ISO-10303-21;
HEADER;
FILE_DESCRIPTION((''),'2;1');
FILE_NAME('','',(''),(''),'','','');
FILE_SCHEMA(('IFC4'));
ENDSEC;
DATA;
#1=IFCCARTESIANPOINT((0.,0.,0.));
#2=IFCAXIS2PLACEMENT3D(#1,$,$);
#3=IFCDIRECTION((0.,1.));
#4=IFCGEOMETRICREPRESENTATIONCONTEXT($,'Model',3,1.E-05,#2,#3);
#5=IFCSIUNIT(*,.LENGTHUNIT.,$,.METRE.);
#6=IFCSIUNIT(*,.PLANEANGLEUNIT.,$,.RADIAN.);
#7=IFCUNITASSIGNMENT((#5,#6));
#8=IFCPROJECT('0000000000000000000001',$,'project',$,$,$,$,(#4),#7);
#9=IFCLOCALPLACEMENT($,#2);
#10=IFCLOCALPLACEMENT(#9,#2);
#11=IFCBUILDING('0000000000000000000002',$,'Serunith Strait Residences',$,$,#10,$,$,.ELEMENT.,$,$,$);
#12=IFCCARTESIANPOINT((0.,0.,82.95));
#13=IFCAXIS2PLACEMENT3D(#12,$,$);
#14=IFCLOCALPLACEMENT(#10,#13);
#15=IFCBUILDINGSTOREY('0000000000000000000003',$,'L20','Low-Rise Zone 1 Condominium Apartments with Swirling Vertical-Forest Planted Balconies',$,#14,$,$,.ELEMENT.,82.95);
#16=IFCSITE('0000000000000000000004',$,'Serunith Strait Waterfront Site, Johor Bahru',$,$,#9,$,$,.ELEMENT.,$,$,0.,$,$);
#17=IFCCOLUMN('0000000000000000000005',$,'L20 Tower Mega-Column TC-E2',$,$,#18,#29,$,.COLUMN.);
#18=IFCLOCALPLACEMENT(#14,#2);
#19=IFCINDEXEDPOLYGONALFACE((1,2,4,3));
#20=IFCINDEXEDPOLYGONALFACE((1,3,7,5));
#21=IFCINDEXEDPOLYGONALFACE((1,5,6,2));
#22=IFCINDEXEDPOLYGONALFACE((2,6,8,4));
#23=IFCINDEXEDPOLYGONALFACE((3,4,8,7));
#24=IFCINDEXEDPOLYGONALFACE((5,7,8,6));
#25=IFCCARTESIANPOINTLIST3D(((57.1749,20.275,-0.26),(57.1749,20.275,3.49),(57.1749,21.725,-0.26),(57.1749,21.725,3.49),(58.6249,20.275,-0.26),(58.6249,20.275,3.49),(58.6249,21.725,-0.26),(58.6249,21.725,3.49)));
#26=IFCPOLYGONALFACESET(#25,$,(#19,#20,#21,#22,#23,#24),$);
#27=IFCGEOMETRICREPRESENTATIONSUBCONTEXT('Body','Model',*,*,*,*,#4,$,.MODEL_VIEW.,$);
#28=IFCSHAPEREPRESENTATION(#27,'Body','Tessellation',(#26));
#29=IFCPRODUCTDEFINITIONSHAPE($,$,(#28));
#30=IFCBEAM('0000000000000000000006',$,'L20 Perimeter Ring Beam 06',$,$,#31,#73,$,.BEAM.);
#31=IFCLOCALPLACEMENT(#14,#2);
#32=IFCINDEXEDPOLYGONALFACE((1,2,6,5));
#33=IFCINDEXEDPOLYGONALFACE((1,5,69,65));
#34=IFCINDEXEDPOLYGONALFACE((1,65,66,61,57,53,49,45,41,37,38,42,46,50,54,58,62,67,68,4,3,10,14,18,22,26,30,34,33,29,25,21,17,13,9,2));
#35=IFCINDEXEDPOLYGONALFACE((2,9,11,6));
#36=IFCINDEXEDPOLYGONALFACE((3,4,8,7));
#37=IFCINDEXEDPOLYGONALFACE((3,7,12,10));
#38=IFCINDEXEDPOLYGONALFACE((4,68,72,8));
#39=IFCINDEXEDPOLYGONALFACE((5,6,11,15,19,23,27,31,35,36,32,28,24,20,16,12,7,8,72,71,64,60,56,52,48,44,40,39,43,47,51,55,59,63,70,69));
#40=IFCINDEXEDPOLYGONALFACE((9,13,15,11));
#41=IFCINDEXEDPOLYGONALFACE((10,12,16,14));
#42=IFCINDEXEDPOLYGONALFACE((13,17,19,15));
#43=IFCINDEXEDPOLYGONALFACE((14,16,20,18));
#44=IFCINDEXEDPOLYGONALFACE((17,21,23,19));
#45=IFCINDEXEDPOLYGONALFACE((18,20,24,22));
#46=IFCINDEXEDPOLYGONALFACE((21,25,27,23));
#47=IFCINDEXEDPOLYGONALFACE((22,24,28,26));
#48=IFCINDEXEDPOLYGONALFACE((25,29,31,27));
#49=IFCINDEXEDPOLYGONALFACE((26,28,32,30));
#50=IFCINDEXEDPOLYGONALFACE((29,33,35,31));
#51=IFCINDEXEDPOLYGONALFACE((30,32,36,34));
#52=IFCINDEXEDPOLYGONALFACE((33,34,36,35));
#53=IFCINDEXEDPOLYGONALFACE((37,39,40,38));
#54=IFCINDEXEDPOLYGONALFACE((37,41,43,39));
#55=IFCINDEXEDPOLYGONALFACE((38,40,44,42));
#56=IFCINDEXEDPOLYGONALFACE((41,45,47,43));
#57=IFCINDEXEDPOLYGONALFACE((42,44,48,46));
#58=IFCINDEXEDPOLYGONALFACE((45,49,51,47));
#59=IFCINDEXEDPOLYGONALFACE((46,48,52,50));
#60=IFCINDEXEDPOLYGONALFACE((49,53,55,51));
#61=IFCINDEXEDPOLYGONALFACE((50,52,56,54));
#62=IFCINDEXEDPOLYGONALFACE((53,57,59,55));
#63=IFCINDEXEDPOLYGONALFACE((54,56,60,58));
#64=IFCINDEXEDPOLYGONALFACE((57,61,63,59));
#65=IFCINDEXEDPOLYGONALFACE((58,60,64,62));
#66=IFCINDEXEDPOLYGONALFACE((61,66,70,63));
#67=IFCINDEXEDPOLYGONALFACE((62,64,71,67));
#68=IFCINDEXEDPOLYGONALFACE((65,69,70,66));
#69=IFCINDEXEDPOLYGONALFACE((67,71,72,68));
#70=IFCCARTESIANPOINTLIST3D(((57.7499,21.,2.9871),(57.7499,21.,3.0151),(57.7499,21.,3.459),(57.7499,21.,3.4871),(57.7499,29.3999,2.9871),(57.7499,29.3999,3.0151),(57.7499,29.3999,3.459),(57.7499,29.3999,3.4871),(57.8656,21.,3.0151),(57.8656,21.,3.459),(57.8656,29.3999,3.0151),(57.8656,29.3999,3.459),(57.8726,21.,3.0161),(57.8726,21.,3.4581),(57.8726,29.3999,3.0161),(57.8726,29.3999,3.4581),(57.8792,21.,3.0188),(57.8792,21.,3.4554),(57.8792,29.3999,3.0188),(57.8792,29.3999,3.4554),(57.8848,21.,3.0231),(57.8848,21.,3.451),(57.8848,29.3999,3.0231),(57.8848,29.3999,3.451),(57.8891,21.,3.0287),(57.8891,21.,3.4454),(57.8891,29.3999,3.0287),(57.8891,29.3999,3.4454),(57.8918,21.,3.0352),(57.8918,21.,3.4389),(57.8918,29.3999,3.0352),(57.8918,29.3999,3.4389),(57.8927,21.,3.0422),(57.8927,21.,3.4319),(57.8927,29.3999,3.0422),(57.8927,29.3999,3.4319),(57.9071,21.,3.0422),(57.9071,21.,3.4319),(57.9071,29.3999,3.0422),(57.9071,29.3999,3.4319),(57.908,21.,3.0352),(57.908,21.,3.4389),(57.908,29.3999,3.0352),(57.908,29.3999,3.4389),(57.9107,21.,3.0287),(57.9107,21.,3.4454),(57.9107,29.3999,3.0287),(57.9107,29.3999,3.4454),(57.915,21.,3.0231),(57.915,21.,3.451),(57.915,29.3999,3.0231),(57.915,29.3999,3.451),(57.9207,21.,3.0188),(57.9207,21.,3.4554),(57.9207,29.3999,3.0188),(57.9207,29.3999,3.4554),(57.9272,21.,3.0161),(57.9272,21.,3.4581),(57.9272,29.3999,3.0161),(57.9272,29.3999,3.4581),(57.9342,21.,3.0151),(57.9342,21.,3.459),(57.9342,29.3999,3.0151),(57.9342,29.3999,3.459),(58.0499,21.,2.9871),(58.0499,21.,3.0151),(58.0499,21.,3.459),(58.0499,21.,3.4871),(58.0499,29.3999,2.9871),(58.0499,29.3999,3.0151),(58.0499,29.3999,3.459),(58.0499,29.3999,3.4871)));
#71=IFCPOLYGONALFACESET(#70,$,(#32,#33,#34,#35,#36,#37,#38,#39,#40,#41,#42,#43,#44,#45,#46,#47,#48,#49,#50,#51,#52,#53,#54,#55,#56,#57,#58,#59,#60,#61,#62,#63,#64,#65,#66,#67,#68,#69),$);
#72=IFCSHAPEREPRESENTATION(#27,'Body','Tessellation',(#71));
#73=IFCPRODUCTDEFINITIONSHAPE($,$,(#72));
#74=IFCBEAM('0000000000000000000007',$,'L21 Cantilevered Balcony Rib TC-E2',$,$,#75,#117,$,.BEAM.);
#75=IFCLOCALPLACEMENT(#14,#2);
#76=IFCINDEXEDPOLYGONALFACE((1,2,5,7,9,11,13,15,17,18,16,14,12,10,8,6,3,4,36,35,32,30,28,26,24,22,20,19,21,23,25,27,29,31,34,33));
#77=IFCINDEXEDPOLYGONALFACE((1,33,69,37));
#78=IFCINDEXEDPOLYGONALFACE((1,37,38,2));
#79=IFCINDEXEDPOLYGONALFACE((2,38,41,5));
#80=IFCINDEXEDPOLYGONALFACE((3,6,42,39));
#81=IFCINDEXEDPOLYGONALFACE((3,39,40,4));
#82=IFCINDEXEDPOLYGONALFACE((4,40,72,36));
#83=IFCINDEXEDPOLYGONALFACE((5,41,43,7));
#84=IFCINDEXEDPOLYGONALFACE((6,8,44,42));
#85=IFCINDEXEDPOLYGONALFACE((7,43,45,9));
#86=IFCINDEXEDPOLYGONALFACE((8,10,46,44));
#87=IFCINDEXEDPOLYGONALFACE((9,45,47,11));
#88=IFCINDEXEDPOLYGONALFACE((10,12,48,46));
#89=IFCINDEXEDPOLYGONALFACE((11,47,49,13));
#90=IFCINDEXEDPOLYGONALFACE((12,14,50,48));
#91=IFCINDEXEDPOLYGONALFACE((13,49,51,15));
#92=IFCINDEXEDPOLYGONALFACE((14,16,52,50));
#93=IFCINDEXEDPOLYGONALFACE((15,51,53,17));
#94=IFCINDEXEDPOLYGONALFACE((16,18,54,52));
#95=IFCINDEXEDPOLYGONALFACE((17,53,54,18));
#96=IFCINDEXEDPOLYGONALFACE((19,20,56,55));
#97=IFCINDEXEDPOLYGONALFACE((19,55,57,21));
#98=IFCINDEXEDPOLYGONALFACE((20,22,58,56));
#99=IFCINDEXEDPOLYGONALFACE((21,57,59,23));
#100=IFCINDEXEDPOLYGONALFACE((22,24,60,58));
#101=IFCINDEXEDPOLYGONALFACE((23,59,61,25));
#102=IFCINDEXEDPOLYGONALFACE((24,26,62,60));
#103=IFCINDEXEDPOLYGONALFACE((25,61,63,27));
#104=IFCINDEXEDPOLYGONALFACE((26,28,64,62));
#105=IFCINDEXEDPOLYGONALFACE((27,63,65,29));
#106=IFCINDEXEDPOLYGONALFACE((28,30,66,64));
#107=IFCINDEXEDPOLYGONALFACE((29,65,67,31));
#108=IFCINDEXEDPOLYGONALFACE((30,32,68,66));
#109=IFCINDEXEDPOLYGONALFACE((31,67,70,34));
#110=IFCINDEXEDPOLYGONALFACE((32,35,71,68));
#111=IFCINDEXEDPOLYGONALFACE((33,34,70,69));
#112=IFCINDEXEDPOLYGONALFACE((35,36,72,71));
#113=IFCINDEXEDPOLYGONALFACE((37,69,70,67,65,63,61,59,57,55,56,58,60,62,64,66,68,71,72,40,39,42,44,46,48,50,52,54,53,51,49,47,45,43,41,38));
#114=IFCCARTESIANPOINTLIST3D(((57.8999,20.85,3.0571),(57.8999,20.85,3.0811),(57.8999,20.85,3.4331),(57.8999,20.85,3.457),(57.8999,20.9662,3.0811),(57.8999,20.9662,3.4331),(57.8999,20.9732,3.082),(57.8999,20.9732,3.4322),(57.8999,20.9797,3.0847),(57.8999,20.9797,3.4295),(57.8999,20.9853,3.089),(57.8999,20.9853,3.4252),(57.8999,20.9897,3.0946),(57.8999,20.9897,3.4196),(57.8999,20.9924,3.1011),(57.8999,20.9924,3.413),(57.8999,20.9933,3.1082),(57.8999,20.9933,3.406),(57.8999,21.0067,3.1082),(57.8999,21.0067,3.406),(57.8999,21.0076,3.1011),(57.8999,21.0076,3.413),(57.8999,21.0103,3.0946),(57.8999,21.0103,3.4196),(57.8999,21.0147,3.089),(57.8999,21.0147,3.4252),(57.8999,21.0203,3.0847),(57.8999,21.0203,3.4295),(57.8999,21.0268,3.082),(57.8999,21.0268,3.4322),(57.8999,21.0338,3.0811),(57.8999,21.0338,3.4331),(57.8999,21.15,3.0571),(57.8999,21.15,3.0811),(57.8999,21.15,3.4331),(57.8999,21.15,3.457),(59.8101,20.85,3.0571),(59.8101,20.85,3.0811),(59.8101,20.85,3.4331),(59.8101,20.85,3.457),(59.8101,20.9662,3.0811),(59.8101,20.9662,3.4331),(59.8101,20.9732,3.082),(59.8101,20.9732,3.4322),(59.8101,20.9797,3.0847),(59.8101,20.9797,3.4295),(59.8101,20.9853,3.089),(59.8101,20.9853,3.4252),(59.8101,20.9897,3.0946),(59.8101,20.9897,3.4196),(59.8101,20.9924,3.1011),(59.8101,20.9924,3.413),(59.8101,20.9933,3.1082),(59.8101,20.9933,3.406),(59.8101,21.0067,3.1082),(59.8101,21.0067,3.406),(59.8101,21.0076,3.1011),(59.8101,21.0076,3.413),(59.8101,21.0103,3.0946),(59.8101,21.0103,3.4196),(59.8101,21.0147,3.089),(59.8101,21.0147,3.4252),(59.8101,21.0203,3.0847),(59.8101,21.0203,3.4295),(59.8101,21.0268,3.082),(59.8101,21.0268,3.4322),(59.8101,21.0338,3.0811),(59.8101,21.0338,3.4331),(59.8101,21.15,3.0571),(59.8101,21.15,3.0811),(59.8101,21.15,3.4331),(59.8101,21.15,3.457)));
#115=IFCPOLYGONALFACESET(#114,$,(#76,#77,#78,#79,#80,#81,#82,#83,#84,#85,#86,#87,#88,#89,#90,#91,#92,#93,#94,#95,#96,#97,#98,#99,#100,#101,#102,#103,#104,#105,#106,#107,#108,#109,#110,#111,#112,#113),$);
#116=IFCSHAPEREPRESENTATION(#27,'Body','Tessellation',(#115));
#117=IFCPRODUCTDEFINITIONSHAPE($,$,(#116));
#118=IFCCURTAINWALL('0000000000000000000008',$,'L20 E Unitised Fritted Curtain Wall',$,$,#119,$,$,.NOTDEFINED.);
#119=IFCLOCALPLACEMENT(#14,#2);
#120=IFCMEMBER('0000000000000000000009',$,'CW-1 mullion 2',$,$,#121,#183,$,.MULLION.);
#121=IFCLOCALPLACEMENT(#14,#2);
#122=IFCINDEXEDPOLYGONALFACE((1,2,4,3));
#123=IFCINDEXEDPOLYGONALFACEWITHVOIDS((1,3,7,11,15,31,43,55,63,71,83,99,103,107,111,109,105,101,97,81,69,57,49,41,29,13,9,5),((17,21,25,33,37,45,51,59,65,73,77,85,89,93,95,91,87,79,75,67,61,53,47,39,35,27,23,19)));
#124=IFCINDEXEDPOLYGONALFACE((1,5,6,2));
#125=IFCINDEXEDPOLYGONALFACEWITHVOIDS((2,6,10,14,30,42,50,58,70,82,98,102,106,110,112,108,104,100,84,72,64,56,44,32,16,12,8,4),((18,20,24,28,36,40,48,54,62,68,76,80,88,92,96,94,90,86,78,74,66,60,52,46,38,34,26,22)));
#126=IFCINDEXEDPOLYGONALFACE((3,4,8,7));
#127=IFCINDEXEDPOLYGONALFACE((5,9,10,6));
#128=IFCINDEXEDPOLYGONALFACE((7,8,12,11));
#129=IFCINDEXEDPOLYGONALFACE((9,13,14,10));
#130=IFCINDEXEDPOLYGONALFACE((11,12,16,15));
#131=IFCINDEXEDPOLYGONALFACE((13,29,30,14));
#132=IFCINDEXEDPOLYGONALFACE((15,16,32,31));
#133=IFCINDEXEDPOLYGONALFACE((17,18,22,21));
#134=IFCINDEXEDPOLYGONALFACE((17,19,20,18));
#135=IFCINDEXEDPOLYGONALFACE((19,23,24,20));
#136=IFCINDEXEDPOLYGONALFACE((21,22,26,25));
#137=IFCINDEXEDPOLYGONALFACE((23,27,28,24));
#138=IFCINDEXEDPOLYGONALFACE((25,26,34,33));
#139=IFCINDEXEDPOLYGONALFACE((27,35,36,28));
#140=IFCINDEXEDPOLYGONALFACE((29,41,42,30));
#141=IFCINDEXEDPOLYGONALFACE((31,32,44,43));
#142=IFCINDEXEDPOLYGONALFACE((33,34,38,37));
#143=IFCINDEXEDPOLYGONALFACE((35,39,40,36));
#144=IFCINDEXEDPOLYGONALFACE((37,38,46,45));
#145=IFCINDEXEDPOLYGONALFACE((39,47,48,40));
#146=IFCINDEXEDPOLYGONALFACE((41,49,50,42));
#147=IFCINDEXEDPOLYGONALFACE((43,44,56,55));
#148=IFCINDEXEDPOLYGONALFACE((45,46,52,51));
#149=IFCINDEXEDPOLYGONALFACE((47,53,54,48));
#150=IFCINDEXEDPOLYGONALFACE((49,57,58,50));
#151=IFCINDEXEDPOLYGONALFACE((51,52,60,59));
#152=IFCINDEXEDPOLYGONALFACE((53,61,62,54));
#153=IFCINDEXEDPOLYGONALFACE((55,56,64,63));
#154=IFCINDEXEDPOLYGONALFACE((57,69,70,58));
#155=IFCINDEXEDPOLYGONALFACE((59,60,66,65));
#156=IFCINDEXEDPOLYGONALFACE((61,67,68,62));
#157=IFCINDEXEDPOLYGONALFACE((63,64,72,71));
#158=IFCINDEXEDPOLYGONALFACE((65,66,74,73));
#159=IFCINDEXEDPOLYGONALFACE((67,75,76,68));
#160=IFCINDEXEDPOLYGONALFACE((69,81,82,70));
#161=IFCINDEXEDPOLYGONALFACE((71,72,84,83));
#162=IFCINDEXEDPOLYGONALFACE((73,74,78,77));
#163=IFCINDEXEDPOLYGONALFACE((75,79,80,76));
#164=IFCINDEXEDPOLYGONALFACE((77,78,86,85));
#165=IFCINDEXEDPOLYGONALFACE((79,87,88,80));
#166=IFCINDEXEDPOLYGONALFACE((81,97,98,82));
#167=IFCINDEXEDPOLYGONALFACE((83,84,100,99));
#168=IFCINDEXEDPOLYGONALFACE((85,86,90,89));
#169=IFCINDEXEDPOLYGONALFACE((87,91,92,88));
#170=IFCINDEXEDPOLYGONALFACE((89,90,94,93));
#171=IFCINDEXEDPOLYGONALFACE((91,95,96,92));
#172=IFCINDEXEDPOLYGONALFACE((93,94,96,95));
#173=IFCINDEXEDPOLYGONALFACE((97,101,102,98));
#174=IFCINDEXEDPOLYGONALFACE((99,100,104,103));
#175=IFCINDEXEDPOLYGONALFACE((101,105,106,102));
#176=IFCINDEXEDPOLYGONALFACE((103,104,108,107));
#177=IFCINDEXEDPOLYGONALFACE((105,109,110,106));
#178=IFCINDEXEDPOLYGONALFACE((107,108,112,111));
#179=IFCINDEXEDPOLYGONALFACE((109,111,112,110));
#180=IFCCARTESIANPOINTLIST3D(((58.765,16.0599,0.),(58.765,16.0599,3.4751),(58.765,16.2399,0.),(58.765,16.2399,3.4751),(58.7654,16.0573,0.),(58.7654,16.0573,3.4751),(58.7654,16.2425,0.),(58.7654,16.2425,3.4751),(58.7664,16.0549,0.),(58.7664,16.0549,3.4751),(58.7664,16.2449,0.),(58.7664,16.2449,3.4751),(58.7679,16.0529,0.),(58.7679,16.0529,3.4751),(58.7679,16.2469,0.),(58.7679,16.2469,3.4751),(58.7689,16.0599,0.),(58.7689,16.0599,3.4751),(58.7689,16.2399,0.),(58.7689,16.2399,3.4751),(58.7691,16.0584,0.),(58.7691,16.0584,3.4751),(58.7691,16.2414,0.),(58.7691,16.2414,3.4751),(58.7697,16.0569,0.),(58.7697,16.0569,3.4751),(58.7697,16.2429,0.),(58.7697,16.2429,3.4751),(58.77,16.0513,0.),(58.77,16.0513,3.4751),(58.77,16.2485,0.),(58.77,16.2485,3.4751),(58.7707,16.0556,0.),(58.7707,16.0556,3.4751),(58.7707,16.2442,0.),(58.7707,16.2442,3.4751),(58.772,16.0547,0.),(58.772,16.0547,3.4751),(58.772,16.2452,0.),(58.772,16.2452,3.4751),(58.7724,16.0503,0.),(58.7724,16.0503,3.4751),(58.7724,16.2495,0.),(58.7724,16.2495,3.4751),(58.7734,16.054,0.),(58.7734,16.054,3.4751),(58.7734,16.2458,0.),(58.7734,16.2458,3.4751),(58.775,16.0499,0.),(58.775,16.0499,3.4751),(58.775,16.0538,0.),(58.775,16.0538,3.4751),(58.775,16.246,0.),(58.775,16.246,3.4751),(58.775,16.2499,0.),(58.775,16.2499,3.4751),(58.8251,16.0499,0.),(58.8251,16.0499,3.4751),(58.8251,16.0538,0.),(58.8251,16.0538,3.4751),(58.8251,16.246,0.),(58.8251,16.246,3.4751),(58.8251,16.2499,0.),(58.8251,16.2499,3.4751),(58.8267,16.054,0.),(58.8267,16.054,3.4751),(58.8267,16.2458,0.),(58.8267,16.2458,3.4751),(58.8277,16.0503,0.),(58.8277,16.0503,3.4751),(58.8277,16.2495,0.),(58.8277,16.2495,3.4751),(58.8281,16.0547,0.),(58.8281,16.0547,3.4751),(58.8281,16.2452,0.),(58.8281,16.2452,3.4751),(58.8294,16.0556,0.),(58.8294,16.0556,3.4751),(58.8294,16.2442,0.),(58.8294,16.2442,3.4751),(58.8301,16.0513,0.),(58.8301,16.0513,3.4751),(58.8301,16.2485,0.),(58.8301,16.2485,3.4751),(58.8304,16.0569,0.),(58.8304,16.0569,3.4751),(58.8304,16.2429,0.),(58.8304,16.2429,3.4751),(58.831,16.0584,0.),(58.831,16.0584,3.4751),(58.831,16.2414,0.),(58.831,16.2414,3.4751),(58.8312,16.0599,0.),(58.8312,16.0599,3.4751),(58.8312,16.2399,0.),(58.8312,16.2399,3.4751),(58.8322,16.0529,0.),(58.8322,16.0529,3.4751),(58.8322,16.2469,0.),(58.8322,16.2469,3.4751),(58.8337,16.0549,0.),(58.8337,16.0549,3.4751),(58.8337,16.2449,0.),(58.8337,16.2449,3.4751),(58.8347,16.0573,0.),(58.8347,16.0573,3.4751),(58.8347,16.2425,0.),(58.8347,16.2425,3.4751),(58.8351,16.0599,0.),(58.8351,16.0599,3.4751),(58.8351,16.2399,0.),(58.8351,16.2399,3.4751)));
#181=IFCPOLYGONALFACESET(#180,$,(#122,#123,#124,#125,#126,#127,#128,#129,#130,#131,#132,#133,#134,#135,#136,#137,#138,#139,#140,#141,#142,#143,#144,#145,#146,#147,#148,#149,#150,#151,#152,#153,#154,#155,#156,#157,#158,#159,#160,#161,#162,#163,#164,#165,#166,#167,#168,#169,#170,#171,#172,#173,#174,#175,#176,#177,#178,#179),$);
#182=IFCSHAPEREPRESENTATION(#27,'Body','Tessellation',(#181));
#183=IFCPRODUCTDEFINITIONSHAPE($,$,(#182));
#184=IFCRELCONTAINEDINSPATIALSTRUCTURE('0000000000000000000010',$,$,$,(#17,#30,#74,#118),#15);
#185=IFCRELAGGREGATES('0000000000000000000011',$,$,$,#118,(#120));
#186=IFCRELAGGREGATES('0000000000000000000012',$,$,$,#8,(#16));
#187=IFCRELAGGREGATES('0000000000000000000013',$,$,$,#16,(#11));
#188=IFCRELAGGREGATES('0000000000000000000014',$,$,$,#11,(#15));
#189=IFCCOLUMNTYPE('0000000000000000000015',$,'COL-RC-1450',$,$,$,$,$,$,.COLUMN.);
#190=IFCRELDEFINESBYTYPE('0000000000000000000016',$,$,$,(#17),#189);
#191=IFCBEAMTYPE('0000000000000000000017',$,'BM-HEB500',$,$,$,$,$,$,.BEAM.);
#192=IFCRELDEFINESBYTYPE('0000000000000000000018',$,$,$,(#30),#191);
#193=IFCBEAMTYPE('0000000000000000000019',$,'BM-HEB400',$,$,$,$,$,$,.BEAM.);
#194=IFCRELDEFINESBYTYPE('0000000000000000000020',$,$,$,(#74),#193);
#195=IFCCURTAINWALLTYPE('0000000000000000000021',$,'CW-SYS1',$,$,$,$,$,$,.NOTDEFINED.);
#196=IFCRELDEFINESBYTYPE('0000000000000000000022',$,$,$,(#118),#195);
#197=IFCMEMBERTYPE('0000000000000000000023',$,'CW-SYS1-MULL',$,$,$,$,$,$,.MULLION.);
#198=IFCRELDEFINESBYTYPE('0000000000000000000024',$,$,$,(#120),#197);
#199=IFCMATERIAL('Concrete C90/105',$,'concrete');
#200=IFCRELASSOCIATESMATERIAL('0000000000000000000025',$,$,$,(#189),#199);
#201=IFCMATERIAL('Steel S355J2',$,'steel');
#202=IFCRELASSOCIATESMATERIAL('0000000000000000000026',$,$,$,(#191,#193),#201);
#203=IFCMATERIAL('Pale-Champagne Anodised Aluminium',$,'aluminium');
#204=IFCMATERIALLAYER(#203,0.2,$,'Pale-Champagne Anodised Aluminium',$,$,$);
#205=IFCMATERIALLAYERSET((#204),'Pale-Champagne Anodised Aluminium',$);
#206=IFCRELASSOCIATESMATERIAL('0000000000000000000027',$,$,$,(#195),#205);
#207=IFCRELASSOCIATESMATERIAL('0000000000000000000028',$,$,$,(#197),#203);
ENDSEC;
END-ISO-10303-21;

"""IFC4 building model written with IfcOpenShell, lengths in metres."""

from ifc_helpers import new_model, si_unit, direction, frame, origin, origin_2d, place, context, subcontext, project, spatial, rectangle, hollow_rectangle, i_section, extrude, source, transform, mapped, material, layer, layer_set, material_profile, profile_set, type_object, element, aggregate, save


model = new_model("IFC4")

# Units and contexts
model_context = context("Model", 3, precision=1e-05, world=origin(), true_north=direction((0.0, 1.0)))
body_context = subcontext(model_context, "Body", "Model", "MODEL_VIEW")
ifc_project = project(units=[si_unit("LENGTHUNIT", "METRE"), si_unit("PLANEANGLEUNIT", "RADIAN")], contexts=[model_context])

# Site, building, storey
site_placement = place(None, origin())
site = spatial("IfcSite", under=ifc_project, at=site_placement, Name="Serunith Strait Waterfront Site, Johor Bahru", CompositionType="ELEMENT", RefElevation=0.0)
building_placement = place(site_placement, origin())
building = spatial("IfcBuilding", under=site, at=building_placement, Name="Serunith Strait Residences", CompositionType="ELEMENT")
storey_placement = place(building_placement, frame((0.0, 0.0, 82.95)))
storey = spatial("IfcBuildingStorey", under=building, at=storey_placement, Name="L20", Description="Low-Rise Zone 1 Condominium Apartments with Swirling Vertical-Forest Planted Balconies", CompositionType="ELEMENT", Elevation=82.95)

# Column
ifc_material_1 = material(Name="Concrete C90/105", Category="concrete")
ifc_material_profile_1 = material_profile(ifc_material_1, rectangle(XDim=1.45, YDim=1.45, at=origin_2d()), Name="RC 1450x1450")
ifc_profile_set_1 = profile_set([ifc_material_profile_1], Name="Concrete C90/105")
column_type = type_object("IfcColumnType", Name="COL-RC-1450", PredefinedType="COLUMN", material=ifc_profile_set_1)
shared_shape_1 = source(origin(), body_context, "Body", "SweptSolid", [
    extrude(rectangle(XDim=1.45, YDim=1.45, at=origin_2d()), origin(), (0.0, 0.0, 1.0), 3.75),
])
column_placement = place(storey_placement, frame((57.8999, 21.0, -0.26), z_axis=(0.0, 0.0, 1.0), x_axis=(1.0, 0.0, 0.0)))
element("IfcColumn", 1, at=column_placement, inside=storey, type_object=column_type, Name="L20 Tower Mega-Column TC-E2", PredefinedType="COLUMN", context=body_context, shape_type="MappedRepresentation", body=[
    mapped(shared_shape_1, transform((0.0, 0.0, 0.0), scale=1.0)),
])

# Beams
ifc_material_2 = material(Name="Steel S355J2", Category="steel")
ifc_material_profile_2 = material_profile(ifc_material_2, i_section(OverallWidth=0.3, OverallDepth=0.5, WebThickness=0.0144, FlangeThickness=0.0281, FilletRadius=0.0271, at=origin_2d()), Name="HEB 500")
ifc_profile_set_2 = profile_set([ifc_material_profile_2], Name="Steel S355J2")
beam_type_1 = type_object("IfcBeamType", Name="BM-HEB500", PredefinedType="BEAM", material=ifc_profile_set_2)
shared_shape_2 = source(origin(), body_context, "Body", "SweptSolid", [
    extrude(i_section(OverallWidth=0.3, OverallDepth=0.5, WebThickness=0.0144, FlangeThickness=0.0281, FilletRadius=0.0271, at=origin_2d()), origin(), (0.0, 0.0, 1.0), 8.3999),
])
beam_1_placement = place(storey_placement, frame((57.8999, 21.0, 3.2371), z_axis=(0.0, 1.0, 0.0), x_axis=(-1.0, 0.0, 0.0)))
element("IfcBeam", 2, at=beam_1_placement, inside=storey, type_object=beam_type_1, Name="L20 Perimeter Ring Beam 06", PredefinedType="BEAM", context=body_context, shape_type="MappedRepresentation", body=[
    mapped(shared_shape_2, transform((0.0, 0.0, 0.0), scale=1.0)),
])
ifc_material_profile_3 = material_profile(ifc_material_2, i_section(OverallWidth=0.3, OverallDepth=0.3999, WebThickness=0.0134, FlangeThickness=0.0239, FilletRadius=0.0271, at=origin_2d()), Name="HEB 400")
ifc_profile_set_3 = profile_set([ifc_material_profile_3], Name="Steel S355J2")
beam_type_2 = type_object("IfcBeamType", Name="BM-HEB400", PredefinedType="BEAM", material=ifc_profile_set_3)
shared_shape_3 = source(origin(), body_context, "Body", "SweptSolid", [
    extrude(i_section(OverallWidth=0.3, OverallDepth=0.3999, WebThickness=0.0134, FlangeThickness=0.0239, FilletRadius=0.0271, at=origin_2d()), origin(), (0.0, 0.0, 1.0), 1.9102),
])
beam_2_placement = place(storey_placement, frame((57.8999, 21.0, 3.2571), z_axis=(1.0, 0.0, 0.0), x_axis=(0.0, 1.0, 0.0)))
element("IfcBeam", 3, at=beam_2_placement, inside=storey, type_object=beam_type_2, Name="L21 Cantilevered Balcony Rib TC-E2", PredefinedType="BEAM", context=body_context, shape_type="MappedRepresentation", body=[
    mapped(shared_shape_3, transform((0.0, 0.0, 0.0), scale=1.0)),
])

# Curtain wall, member
ifc_material_3 = material(Name="Pale-Champagne Anodised Aluminium", Category="aluminium")
ifc_layer_1 = layer(ifc_material_3, 0.2, Name="Pale-Champagne Anodised Aluminium")
ifc_layer_set_1 = layer_set([ifc_layer_1], Name="Pale-Champagne Anodised Aluminium")
curtain_wall_type = type_object("IfcCurtainWallType", Name="CW-SYS1", PredefinedType="NOTDEFINED", material=ifc_layer_set_1)
curtain_wall_placement = place(storey_placement, origin())
curtain_wall = element("IfcCurtainWall", 4, at=curtain_wall_placement, inside=storey, type_object=curtain_wall_type, Name="L20 E Unitised Fritted Curtain Wall", PredefinedType="NOTDEFINED")
ifc_material_profile_4 = material_profile(ifc_material_3, hollow_rectangle(XDim=0.0701, YDim=0.2, WallThickness=0.0039, InnerFilletRadius=0.0061, OuterFilletRadius=0.01, at=origin_2d()), Name="ALU 200x70x4")
ifc_profile_set_4 = profile_set([ifc_material_profile_4], Name="Pale-Champagne Anodised Aluminium")
member_type_1 = type_object("IfcMemberType", Name="CW-SYS1-MULL", PredefinedType="MULLION", material=ifc_profile_set_4)
shared_shape_4 = source(origin(), body_context, "Body", "SweptSolid", [
    extrude(hollow_rectangle(XDim=0.0701, YDim=0.2, WallThickness=0.0039, InnerFilletRadius=0.0061, OuterFilletRadius=0.01, at=origin_2d()), origin(), (0.0, 0.0, 1.0), 3.4751),
])
member_1_placement = place(storey_placement, frame((58.8, 16.1499, 0.0), z_axis=(0.0, 0.0, 1.0), x_axis=(-1.0, 0.0, 0.0)))
member_1 = element("IfcMember", 5, at=member_1_placement, type_object=member_type_1, Name="CW-1 mullion 2", PredefinedType="MULLION", context=body_context, shape_type="MappedRepresentation", body=[
    mapped(shared_shape_4, transform((0.0, 0.0, 0.0), scale=1.0)),
])
aggregate(curtain_wall, [member_1])

save(model, "model.ifc")
